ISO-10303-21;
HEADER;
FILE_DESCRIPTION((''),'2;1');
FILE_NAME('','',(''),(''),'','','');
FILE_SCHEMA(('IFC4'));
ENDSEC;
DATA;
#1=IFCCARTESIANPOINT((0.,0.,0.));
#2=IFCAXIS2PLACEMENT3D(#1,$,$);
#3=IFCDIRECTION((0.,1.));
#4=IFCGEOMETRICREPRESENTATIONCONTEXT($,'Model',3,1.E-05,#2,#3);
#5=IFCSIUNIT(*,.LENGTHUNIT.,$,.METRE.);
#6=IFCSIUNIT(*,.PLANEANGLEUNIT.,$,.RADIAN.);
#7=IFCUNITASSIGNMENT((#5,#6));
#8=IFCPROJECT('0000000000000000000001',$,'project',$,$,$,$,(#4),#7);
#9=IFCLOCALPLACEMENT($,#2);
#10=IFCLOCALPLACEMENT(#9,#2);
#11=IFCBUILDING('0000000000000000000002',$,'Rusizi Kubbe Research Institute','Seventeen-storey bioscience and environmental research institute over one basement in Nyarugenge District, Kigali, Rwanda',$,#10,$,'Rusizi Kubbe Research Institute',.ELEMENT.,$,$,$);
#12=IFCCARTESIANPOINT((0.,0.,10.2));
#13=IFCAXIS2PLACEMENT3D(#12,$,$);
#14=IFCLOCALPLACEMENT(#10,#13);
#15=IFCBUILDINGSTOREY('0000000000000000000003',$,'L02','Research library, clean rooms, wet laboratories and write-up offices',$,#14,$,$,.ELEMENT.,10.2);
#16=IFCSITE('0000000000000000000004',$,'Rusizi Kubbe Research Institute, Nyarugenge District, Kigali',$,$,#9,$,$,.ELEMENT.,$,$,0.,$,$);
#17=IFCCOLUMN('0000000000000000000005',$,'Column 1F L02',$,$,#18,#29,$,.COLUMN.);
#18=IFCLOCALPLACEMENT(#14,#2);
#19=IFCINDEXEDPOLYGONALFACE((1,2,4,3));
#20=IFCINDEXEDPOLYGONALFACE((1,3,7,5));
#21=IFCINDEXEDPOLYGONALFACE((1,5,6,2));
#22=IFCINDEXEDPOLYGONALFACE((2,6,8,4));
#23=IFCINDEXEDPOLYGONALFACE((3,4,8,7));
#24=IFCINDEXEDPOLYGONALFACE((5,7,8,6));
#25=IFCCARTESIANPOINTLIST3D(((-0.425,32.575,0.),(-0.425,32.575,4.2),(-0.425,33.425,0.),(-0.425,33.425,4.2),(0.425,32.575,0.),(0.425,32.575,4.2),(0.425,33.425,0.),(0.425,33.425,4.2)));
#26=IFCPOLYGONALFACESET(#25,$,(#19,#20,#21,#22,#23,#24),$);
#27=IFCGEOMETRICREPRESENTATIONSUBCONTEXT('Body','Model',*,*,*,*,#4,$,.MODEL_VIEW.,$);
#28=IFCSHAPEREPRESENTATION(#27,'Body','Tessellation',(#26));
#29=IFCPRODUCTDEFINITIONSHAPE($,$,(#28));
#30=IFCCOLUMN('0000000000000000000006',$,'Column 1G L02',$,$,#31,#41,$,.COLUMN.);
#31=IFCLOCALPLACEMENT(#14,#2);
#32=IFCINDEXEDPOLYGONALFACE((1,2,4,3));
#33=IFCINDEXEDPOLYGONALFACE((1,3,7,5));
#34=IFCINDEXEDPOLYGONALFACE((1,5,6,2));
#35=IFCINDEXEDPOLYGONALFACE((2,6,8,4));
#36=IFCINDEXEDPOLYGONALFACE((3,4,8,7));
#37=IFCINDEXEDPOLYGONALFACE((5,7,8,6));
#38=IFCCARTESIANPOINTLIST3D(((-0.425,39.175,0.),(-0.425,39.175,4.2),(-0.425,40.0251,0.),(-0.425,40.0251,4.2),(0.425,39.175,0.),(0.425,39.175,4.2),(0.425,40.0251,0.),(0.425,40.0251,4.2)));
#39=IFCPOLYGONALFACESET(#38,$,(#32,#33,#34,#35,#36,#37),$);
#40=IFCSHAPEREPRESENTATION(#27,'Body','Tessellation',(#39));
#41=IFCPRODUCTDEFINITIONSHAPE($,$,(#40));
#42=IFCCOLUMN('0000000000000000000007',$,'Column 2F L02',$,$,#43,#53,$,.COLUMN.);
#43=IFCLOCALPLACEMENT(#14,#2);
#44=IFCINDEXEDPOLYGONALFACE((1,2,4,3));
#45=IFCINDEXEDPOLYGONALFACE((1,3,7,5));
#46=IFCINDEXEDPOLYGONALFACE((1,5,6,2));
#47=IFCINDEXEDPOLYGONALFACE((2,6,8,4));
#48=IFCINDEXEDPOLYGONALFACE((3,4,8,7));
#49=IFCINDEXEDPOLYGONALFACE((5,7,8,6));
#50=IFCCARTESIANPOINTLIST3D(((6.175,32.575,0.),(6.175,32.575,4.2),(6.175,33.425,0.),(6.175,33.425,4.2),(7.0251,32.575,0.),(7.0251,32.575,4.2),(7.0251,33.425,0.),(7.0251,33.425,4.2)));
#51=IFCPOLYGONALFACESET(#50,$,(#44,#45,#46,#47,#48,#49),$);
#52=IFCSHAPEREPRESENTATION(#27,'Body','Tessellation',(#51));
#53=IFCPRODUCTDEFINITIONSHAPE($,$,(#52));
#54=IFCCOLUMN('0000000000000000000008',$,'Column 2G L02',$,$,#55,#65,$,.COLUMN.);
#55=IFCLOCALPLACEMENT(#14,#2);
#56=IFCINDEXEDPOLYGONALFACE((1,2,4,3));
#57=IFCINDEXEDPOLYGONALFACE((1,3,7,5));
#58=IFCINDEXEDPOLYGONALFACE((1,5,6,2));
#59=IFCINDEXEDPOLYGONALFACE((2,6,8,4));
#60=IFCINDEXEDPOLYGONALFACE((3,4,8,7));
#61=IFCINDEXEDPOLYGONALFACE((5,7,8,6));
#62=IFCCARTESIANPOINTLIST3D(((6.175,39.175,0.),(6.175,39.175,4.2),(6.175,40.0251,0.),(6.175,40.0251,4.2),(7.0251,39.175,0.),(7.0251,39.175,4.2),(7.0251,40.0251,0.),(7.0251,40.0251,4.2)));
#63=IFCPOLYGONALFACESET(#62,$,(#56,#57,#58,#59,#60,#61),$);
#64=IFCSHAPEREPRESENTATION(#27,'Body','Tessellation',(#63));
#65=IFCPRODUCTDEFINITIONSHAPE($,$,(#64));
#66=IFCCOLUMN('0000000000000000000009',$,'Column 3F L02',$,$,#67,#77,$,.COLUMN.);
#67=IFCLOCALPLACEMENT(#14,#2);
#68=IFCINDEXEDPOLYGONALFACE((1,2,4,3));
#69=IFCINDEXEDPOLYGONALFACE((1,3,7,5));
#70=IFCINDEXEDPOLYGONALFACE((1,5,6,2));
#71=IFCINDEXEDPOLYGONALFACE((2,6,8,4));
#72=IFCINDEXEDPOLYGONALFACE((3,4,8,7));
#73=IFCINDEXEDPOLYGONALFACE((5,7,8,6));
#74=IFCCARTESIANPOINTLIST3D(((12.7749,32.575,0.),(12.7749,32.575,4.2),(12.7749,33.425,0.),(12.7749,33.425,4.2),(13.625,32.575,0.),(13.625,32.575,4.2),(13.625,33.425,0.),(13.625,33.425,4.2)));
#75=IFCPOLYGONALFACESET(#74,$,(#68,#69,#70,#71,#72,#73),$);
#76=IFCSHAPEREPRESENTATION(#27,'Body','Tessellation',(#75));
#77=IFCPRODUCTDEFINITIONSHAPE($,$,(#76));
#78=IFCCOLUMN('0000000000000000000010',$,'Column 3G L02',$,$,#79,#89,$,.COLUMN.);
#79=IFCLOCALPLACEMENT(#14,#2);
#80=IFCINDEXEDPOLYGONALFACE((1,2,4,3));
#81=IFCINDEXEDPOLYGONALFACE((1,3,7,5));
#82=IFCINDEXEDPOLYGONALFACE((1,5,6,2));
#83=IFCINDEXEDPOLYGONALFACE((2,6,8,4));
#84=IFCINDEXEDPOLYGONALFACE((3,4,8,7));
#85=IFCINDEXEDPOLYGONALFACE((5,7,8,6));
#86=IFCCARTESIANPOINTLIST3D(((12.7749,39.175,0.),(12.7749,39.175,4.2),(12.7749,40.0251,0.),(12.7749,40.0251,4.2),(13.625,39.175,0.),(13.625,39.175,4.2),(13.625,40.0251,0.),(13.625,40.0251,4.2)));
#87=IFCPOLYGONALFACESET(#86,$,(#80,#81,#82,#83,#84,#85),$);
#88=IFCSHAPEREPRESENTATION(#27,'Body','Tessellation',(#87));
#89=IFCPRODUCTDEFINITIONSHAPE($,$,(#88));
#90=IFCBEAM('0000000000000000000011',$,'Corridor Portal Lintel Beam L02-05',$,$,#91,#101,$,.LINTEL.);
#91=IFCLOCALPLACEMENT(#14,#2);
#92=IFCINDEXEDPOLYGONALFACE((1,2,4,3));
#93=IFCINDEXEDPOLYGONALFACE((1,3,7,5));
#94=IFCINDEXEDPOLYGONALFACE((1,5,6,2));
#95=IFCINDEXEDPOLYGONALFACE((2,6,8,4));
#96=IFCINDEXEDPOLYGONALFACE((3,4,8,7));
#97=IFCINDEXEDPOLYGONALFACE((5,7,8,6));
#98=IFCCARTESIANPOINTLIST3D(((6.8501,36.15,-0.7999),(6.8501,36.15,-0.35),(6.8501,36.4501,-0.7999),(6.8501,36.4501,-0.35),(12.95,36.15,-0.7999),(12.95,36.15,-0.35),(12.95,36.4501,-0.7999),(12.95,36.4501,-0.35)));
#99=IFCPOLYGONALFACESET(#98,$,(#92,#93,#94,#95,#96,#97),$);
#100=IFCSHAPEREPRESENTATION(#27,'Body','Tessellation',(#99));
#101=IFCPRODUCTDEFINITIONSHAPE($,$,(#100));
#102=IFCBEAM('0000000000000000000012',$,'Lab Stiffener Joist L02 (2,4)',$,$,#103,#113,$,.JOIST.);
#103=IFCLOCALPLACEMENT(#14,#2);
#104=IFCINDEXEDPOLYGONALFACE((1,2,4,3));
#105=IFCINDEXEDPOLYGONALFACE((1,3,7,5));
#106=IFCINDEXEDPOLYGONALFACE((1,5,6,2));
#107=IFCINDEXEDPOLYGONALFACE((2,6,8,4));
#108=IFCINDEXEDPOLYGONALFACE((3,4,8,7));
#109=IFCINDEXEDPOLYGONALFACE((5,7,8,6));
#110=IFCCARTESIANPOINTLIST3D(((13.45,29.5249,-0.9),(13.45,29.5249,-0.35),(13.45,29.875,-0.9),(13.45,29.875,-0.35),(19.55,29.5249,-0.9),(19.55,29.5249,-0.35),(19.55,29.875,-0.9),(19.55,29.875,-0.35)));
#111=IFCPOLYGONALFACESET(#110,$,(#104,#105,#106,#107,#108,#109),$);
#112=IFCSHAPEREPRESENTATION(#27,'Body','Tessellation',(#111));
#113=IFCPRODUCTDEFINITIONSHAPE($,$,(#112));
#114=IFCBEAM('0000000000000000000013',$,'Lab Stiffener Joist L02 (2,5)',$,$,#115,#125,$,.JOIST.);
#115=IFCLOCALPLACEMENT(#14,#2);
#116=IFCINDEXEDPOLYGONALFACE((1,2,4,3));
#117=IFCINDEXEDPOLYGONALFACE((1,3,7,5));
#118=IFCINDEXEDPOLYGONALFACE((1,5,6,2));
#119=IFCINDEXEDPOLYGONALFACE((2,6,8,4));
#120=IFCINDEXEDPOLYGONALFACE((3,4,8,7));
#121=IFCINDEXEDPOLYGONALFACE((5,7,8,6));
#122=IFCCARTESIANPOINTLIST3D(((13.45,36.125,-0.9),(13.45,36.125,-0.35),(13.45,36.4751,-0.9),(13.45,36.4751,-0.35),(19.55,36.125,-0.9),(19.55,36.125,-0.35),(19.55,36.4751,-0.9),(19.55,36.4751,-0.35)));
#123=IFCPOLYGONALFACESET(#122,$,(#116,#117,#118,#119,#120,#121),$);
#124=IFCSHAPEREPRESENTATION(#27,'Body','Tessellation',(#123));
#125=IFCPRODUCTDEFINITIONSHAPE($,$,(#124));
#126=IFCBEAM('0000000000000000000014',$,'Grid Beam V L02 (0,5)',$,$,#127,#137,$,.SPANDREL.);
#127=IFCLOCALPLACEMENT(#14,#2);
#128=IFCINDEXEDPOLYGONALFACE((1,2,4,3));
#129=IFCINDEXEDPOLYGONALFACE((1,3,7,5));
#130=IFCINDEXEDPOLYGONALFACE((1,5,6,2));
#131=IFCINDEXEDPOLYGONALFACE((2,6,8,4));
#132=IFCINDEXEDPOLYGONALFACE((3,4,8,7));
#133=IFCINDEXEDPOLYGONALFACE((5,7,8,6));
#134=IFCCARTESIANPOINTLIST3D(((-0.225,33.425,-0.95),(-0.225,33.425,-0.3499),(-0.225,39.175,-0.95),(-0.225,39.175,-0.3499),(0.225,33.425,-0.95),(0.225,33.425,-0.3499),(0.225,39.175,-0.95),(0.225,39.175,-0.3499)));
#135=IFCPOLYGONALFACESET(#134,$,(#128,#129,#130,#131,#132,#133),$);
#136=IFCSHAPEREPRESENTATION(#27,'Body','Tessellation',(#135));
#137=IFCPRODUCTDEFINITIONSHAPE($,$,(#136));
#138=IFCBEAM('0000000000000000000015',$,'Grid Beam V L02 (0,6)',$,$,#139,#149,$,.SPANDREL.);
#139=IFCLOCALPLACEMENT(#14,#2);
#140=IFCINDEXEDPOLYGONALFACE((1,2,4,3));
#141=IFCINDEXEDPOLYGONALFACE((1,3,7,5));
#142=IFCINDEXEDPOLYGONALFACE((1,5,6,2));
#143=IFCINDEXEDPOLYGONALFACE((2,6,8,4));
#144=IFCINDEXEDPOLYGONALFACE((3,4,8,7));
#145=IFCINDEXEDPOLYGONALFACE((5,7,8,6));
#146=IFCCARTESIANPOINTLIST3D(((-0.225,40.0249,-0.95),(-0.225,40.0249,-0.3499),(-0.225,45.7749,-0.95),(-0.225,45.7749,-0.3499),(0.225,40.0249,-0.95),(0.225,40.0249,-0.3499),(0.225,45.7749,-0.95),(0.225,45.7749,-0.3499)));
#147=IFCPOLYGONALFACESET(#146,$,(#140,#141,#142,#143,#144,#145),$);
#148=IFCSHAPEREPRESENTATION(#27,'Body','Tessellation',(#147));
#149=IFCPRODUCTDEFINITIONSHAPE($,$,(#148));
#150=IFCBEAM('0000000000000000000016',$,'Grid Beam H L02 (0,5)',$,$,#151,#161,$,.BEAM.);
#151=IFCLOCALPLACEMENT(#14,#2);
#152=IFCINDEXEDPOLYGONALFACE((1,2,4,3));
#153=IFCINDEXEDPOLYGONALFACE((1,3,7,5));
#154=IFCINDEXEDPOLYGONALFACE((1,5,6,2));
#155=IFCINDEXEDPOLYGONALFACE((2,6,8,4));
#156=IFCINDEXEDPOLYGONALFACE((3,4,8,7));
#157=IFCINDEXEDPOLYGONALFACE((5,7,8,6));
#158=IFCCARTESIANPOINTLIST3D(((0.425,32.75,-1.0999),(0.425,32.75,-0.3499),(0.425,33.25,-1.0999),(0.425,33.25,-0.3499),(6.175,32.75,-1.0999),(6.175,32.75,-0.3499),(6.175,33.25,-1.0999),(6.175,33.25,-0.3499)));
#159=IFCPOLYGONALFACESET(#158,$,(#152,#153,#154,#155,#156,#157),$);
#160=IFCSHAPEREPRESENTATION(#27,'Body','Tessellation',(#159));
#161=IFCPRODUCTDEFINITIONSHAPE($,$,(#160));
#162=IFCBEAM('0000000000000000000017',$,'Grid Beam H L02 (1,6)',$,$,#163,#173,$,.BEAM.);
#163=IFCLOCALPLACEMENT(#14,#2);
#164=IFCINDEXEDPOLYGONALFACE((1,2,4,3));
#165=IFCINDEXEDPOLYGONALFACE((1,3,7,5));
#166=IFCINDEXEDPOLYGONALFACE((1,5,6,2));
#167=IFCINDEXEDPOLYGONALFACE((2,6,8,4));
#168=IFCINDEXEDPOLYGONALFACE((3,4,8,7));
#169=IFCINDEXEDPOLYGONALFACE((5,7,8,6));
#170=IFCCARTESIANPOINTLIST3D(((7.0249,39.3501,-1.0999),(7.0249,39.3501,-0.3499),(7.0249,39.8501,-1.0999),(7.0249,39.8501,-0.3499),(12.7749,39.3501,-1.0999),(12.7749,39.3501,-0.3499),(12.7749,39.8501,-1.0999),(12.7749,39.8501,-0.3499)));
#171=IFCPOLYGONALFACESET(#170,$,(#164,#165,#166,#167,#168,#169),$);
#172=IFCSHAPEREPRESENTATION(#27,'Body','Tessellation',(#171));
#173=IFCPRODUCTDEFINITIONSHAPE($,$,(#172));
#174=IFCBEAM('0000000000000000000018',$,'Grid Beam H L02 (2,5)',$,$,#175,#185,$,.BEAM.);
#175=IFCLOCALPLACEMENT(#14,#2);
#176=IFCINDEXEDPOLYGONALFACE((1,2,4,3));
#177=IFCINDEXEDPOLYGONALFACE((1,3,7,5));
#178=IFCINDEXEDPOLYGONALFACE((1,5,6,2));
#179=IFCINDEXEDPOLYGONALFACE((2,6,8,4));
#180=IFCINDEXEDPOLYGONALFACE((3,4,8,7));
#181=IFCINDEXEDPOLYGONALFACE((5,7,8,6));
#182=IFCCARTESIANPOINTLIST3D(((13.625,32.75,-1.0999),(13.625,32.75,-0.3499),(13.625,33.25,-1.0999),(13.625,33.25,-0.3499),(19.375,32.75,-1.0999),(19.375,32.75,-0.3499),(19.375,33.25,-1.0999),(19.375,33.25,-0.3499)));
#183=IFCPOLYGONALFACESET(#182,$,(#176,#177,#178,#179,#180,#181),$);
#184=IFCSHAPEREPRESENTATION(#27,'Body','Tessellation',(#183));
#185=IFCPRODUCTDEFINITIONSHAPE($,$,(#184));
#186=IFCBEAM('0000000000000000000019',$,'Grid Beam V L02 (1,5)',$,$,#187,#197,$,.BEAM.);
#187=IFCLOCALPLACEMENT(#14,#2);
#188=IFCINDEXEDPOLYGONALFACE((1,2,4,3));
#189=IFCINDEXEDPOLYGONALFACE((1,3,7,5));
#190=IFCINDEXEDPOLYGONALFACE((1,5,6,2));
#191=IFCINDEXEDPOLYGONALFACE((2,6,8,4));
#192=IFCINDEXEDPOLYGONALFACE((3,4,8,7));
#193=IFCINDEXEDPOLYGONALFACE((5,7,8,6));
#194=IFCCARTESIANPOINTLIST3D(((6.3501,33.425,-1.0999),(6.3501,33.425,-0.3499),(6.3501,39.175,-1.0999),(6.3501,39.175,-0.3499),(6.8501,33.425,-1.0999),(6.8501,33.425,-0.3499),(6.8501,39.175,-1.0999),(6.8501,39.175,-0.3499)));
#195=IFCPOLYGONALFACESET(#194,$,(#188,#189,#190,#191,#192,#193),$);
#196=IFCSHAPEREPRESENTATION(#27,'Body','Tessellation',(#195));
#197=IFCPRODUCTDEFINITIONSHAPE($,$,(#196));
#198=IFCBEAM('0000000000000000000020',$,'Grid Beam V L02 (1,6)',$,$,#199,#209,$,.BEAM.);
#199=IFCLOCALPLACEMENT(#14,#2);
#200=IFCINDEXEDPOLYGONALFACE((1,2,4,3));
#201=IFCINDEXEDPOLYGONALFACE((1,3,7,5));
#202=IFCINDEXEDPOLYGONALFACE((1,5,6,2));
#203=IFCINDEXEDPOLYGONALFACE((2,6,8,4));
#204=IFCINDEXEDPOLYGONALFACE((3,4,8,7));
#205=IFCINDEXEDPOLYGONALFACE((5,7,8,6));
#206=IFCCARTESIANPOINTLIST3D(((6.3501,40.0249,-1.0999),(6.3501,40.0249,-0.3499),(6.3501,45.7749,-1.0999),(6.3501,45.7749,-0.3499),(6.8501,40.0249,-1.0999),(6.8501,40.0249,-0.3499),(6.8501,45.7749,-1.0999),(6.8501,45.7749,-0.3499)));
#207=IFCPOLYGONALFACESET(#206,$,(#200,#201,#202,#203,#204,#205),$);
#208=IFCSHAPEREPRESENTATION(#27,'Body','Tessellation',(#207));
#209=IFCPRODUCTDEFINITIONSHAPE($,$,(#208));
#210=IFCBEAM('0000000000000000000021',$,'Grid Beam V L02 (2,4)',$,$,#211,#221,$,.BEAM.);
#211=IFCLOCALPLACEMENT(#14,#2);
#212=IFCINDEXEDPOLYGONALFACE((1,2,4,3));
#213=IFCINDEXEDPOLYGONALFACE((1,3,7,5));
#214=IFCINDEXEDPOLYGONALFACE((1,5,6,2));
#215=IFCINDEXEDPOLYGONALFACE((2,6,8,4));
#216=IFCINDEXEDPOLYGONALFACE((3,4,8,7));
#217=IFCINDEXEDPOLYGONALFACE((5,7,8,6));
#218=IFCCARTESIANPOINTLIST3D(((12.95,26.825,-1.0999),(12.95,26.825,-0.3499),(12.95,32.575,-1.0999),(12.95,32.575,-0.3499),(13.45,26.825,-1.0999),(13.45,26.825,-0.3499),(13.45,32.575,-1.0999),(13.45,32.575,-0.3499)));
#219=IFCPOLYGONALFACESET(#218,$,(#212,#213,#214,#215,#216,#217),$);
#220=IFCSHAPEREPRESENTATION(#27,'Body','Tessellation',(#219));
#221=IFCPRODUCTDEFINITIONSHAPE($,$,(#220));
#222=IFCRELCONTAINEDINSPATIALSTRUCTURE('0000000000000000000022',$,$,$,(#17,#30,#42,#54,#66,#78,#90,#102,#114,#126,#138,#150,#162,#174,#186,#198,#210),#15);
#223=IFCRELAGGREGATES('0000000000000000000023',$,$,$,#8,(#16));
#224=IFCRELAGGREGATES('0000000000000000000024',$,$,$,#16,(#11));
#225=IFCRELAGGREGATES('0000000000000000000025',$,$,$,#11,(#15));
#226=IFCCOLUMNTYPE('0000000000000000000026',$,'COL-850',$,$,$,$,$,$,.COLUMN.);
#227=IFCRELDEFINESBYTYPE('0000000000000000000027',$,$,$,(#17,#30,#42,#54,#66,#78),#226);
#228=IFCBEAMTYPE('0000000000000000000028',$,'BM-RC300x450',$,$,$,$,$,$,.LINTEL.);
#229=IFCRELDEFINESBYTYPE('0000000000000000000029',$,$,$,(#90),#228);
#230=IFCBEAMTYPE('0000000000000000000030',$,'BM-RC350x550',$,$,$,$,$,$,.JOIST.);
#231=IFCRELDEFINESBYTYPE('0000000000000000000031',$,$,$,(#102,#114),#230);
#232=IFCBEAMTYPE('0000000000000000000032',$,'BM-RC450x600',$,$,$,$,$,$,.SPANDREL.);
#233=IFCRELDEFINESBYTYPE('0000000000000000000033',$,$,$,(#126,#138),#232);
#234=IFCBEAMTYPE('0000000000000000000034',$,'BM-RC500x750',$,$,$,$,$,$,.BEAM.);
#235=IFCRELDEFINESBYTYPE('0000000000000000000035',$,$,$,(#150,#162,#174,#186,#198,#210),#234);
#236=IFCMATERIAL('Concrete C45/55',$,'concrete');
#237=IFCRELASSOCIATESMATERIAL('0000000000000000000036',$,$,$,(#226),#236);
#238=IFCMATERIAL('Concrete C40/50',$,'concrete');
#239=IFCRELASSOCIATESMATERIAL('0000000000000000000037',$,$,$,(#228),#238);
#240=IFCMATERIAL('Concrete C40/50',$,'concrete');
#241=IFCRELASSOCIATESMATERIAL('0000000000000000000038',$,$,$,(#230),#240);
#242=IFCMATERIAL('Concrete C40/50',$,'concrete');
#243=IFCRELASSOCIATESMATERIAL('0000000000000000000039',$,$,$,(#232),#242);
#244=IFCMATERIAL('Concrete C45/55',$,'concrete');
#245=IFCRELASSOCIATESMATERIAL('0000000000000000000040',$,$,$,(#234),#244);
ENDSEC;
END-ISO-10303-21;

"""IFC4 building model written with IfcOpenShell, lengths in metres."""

from ifc_helpers import new_model, si_unit, direction, frame, origin, origin_2d, place, context, subcontext, project, spatial, rectangle, extrude, material, material_profile, profile_set, type_object, element, save


model = new_model("IFC4")

# Units and contexts
model_context = context("Model", 3, precision=1e-05, world=origin(), true_north=direction((0.0, 1.0)))
body_context = subcontext(model_context, "Body", "Model", "MODEL_VIEW")
ifc_project = project(units=[si_unit("LENGTHUNIT", "METRE"), si_unit("PLANEANGLEUNIT", "RADIAN")], contexts=[model_context])

# Site, building, storey
site_placement = place(None, origin())
site = spatial("IfcSite", under=ifc_project, at=site_placement, Name="Rusizi Kubbe Research Institute, Nyarugenge District, Kigali", CompositionType="ELEMENT", RefElevation=0.0)
building_placement = place(site_placement, origin())
building = spatial("IfcBuilding", under=site, at=building_placement, Name="Rusizi Kubbe Research Institute", Description="Seventeen-storey bioscience and environmental research institute over one basement in Nyarugenge District, Kigali, Rwanda", LongName="Rusizi Kubbe Research Institute", CompositionType="ELEMENT")
storey_placement = place(building_placement, frame((0.0, 0.0, 10.2)))
storey = spatial("IfcBuildingStorey", under=building, at=storey_placement, Name="L02", Description="Research library, clean rooms, wet laboratories and write-up offices", CompositionType="ELEMENT", Elevation=10.2)

# Columns
ifc_material_1 = material(Name="Concrete C45/55", Category="concrete")
ifc_material_profile_1 = material_profile(ifc_material_1, rectangle(XDim=0.8501, YDim=0.8501, at=origin_2d()), Name="RC850x850")
ifc_profile_set_1 = profile_set([ifc_material_profile_1], Name="Concrete C45/55")
column_type = type_object("IfcColumnType", Name="COL-850", PredefinedType="COLUMN", material=ifc_profile_set_1)
for number, where, z_axis, x_axis, name in (
    (1, (0.0, 33.0, 0.0), (0.0, 0.0, 1.0), (1.0, 0.0, 0.0), "Column 1F L02"),
    (2, (0.0, 39.6001, 0.0), (0.0, 0.0, 1.0), (1.0, 0.0, 0.0), "Column 1G L02"),
    (3, (6.6001, 33.0, 0.0), (0.0, 0.0, 1.0), (1.0, 0.0, 0.0), "Column 2F L02"),
    (4, (6.6001, 39.6001, 0.0), (0.0, 0.0, 1.0), (1.0, 0.0, 0.0), "Column 2G L02"),
    (5, (13.2, 33.0, 0.0), (0.0, 0.0, 1.0), (1.0, 0.0, 0.0), "Column 3F L02"),
    (6, (13.2, 39.6001, 0.0), (0.0, 0.0, 1.0), (1.0, 0.0, 0.0), "Column 3G L02"),
):
    element("IfcColumn", number, at=place(storey_placement, frame(where, z_axis=z_axis, x_axis=x_axis)), inside=storey, type_object=column_type, Name=name, PredefinedType="COLUMN", context=body_context, shape_type="SweptSolid", body=[
        extrude(rectangle(XDim=0.8501, YDim=0.8501, at=origin_2d()), origin(), (0.0, 0.0, 1.0), 4.2),
    ])

# Beams
ifc_material_2 = material(Name="Concrete C40/50", Category="concrete")
ifc_material_profile_2 = material_profile(ifc_material_2, rectangle(XDim=0.3, YDim=0.45, at=origin_2d()), Name="RC300x450")
ifc_profile_set_2 = profile_set([ifc_material_profile_2], Name="Concrete C40/50")
beam_type_1 = type_object("IfcBeamType", Name="BM-RC300x450", PredefinedType="LINTEL", material=ifc_profile_set_2)
beam_placement = place(storey_placement, frame((6.8501, 36.3, -0.575), z_axis=(1.0, 0.0, 0.0), x_axis=(0.0, 1.0, 0.0)))
element("IfcBeam", 7, at=beam_placement, inside=storey, type_object=beam_type_1, Name="Corridor Portal Lintel Beam L02-05", PredefinedType="LINTEL", context=body_context, shape_type="SweptSolid", body=[
    extrude(rectangle(XDim=0.3, YDim=0.45, at=origin_2d()), origin(), (0.0, 0.0, 1.0), 6.0999),
])
ifc_material_3 = material(Name="Concrete C40/50", Category="concrete")
ifc_material_profile_3 = material_profile(ifc_material_3, rectangle(XDim=0.3501, YDim=0.55, at=origin_2d()), Name="RC350x550")
ifc_profile_set_3 = profile_set([ifc_material_profile_3], Name="Concrete C40/50")
beam_type_2 = type_object("IfcBeamType", Name="BM-RC350x550", PredefinedType="JOIST", material=ifc_profile_set_3)
for number, where, z_axis, x_axis, name in (
    (8, (13.45, 29.7, -0.625), (1.0, 0.0, 0.0), (0.0, 1.0, 0.0), "Lab Stiffener Joist L02 (2,4)"),
    (9, (13.45, 36.3, -0.625), (1.0, 0.0, 0.0), (0.0, 1.0, 0.0), "Lab Stiffener Joist L02 (2,5)"),
):
    element("IfcBeam", number, at=place(storey_placement, frame(where, z_axis=z_axis, x_axis=x_axis)), inside=storey, type_object=beam_type_2, Name=name, PredefinedType="JOIST", context=body_context, shape_type="SweptSolid", body=[
        extrude(rectangle(XDim=0.3501, YDim=0.55, at=origin_2d()), origin(), (0.0, 0.0, 1.0), 6.1001),
    ])
ifc_material_4 = material(Name="Concrete C40/50", Category="concrete")
ifc_material_profile_4 = material_profile(ifc_material_4, rectangle(XDim=0.45, YDim=0.6001, at=origin_2d()), Name="RC450x600")
ifc_profile_set_4 = profile_set([ifc_material_profile_4], Name="Concrete C40/50")
beam_type_3 = type_object("IfcBeamType", Name="BM-RC450x600", PredefinedType="SPANDREL", material=ifc_profile_set_4)
for number, where, z_axis, x_axis, name in (
    (10, (0.0, 33.425, -0.6499), (0.0, 1.0, 0.0), (-1.0, 0.0, 0.0), "Grid Beam V L02 (0,5)"),
    (11, (0.0, 40.0249, -0.6499), (0.0, 1.0, 0.0), (-1.0, 0.0, 0.0), "Grid Beam V L02 (0,6)"),
):
    element("IfcBeam", number, at=place(storey_placement, frame(where, z_axis=z_axis, x_axis=x_axis)), inside=storey, type_object=beam_type_3, Name=name, PredefinedType="SPANDREL", context=body_context, shape_type="SweptSolid", body=[
        extrude(rectangle(XDim=0.45, YDim=0.6001, at=origin_2d()), origin(), (0.0, 0.0, 1.0), 5.75),
    ])
ifc_material_5 = material(Name="Concrete C45/55", Category="concrete")
ifc_material_profile_5 = material_profile(ifc_material_5, rectangle(XDim=0.5, YDim=0.75, at=origin_2d()), Name="RC500x750B")
ifc_profile_set_5 = profile_set([ifc_material_profile_5], Name="Concrete C45/55")
beam_type_4 = type_object("IfcBeamType", Name="BM-RC500x750", PredefinedType="BEAM", material=ifc_profile_set_5)
for number, where, z_axis, x_axis, name in (
    (12, (0.425, 33.0, -0.7249), (1.0, 0.0, 0.0), (0.0, 1.0, 0.0), "Grid Beam H L02 (0,5)"),
    (13, (7.0249, 39.6001, -0.7249), (1.0, 0.0, 0.0), (0.0, 1.0, 0.0), "Grid Beam H L02 (1,6)"),
    (14, (13.625, 33.0, -0.7249), (1.0, 0.0, 0.0), (0.0, 1.0, 0.0), "Grid Beam H L02 (2,5)"),
    (15, (6.6001, 33.425, -0.7249), (0.0, 1.0, 0.0), (-1.0, 0.0, 0.0), "Grid Beam V L02 (1,5)"),
    (16, (6.6001, 40.0249, -0.7249), (0.0, 1.0, 0.0), (-1.0, 0.0, 0.0), "Grid Beam V L02 (1,6)"),
    (17, (13.2, 26.825, -0.7249), (0.0, 1.0, 0.0), (-1.0, 0.0, 0.0), "Grid Beam V L02 (2,4)"),
):
    element("IfcBeam", number, at=place(storey_placement, frame(where, z_axis=z_axis, x_axis=x_axis)), inside=storey, type_object=beam_type_4, Name=name, PredefinedType="BEAM", context=body_context, shape_type="SweptSolid", body=[
        extrude(rectangle(XDim=0.5, YDim=0.75, at=origin_2d()), origin(), (0.0, 0.0, 1.0), 5.75),
    ])

save(model, "model.ifc")
